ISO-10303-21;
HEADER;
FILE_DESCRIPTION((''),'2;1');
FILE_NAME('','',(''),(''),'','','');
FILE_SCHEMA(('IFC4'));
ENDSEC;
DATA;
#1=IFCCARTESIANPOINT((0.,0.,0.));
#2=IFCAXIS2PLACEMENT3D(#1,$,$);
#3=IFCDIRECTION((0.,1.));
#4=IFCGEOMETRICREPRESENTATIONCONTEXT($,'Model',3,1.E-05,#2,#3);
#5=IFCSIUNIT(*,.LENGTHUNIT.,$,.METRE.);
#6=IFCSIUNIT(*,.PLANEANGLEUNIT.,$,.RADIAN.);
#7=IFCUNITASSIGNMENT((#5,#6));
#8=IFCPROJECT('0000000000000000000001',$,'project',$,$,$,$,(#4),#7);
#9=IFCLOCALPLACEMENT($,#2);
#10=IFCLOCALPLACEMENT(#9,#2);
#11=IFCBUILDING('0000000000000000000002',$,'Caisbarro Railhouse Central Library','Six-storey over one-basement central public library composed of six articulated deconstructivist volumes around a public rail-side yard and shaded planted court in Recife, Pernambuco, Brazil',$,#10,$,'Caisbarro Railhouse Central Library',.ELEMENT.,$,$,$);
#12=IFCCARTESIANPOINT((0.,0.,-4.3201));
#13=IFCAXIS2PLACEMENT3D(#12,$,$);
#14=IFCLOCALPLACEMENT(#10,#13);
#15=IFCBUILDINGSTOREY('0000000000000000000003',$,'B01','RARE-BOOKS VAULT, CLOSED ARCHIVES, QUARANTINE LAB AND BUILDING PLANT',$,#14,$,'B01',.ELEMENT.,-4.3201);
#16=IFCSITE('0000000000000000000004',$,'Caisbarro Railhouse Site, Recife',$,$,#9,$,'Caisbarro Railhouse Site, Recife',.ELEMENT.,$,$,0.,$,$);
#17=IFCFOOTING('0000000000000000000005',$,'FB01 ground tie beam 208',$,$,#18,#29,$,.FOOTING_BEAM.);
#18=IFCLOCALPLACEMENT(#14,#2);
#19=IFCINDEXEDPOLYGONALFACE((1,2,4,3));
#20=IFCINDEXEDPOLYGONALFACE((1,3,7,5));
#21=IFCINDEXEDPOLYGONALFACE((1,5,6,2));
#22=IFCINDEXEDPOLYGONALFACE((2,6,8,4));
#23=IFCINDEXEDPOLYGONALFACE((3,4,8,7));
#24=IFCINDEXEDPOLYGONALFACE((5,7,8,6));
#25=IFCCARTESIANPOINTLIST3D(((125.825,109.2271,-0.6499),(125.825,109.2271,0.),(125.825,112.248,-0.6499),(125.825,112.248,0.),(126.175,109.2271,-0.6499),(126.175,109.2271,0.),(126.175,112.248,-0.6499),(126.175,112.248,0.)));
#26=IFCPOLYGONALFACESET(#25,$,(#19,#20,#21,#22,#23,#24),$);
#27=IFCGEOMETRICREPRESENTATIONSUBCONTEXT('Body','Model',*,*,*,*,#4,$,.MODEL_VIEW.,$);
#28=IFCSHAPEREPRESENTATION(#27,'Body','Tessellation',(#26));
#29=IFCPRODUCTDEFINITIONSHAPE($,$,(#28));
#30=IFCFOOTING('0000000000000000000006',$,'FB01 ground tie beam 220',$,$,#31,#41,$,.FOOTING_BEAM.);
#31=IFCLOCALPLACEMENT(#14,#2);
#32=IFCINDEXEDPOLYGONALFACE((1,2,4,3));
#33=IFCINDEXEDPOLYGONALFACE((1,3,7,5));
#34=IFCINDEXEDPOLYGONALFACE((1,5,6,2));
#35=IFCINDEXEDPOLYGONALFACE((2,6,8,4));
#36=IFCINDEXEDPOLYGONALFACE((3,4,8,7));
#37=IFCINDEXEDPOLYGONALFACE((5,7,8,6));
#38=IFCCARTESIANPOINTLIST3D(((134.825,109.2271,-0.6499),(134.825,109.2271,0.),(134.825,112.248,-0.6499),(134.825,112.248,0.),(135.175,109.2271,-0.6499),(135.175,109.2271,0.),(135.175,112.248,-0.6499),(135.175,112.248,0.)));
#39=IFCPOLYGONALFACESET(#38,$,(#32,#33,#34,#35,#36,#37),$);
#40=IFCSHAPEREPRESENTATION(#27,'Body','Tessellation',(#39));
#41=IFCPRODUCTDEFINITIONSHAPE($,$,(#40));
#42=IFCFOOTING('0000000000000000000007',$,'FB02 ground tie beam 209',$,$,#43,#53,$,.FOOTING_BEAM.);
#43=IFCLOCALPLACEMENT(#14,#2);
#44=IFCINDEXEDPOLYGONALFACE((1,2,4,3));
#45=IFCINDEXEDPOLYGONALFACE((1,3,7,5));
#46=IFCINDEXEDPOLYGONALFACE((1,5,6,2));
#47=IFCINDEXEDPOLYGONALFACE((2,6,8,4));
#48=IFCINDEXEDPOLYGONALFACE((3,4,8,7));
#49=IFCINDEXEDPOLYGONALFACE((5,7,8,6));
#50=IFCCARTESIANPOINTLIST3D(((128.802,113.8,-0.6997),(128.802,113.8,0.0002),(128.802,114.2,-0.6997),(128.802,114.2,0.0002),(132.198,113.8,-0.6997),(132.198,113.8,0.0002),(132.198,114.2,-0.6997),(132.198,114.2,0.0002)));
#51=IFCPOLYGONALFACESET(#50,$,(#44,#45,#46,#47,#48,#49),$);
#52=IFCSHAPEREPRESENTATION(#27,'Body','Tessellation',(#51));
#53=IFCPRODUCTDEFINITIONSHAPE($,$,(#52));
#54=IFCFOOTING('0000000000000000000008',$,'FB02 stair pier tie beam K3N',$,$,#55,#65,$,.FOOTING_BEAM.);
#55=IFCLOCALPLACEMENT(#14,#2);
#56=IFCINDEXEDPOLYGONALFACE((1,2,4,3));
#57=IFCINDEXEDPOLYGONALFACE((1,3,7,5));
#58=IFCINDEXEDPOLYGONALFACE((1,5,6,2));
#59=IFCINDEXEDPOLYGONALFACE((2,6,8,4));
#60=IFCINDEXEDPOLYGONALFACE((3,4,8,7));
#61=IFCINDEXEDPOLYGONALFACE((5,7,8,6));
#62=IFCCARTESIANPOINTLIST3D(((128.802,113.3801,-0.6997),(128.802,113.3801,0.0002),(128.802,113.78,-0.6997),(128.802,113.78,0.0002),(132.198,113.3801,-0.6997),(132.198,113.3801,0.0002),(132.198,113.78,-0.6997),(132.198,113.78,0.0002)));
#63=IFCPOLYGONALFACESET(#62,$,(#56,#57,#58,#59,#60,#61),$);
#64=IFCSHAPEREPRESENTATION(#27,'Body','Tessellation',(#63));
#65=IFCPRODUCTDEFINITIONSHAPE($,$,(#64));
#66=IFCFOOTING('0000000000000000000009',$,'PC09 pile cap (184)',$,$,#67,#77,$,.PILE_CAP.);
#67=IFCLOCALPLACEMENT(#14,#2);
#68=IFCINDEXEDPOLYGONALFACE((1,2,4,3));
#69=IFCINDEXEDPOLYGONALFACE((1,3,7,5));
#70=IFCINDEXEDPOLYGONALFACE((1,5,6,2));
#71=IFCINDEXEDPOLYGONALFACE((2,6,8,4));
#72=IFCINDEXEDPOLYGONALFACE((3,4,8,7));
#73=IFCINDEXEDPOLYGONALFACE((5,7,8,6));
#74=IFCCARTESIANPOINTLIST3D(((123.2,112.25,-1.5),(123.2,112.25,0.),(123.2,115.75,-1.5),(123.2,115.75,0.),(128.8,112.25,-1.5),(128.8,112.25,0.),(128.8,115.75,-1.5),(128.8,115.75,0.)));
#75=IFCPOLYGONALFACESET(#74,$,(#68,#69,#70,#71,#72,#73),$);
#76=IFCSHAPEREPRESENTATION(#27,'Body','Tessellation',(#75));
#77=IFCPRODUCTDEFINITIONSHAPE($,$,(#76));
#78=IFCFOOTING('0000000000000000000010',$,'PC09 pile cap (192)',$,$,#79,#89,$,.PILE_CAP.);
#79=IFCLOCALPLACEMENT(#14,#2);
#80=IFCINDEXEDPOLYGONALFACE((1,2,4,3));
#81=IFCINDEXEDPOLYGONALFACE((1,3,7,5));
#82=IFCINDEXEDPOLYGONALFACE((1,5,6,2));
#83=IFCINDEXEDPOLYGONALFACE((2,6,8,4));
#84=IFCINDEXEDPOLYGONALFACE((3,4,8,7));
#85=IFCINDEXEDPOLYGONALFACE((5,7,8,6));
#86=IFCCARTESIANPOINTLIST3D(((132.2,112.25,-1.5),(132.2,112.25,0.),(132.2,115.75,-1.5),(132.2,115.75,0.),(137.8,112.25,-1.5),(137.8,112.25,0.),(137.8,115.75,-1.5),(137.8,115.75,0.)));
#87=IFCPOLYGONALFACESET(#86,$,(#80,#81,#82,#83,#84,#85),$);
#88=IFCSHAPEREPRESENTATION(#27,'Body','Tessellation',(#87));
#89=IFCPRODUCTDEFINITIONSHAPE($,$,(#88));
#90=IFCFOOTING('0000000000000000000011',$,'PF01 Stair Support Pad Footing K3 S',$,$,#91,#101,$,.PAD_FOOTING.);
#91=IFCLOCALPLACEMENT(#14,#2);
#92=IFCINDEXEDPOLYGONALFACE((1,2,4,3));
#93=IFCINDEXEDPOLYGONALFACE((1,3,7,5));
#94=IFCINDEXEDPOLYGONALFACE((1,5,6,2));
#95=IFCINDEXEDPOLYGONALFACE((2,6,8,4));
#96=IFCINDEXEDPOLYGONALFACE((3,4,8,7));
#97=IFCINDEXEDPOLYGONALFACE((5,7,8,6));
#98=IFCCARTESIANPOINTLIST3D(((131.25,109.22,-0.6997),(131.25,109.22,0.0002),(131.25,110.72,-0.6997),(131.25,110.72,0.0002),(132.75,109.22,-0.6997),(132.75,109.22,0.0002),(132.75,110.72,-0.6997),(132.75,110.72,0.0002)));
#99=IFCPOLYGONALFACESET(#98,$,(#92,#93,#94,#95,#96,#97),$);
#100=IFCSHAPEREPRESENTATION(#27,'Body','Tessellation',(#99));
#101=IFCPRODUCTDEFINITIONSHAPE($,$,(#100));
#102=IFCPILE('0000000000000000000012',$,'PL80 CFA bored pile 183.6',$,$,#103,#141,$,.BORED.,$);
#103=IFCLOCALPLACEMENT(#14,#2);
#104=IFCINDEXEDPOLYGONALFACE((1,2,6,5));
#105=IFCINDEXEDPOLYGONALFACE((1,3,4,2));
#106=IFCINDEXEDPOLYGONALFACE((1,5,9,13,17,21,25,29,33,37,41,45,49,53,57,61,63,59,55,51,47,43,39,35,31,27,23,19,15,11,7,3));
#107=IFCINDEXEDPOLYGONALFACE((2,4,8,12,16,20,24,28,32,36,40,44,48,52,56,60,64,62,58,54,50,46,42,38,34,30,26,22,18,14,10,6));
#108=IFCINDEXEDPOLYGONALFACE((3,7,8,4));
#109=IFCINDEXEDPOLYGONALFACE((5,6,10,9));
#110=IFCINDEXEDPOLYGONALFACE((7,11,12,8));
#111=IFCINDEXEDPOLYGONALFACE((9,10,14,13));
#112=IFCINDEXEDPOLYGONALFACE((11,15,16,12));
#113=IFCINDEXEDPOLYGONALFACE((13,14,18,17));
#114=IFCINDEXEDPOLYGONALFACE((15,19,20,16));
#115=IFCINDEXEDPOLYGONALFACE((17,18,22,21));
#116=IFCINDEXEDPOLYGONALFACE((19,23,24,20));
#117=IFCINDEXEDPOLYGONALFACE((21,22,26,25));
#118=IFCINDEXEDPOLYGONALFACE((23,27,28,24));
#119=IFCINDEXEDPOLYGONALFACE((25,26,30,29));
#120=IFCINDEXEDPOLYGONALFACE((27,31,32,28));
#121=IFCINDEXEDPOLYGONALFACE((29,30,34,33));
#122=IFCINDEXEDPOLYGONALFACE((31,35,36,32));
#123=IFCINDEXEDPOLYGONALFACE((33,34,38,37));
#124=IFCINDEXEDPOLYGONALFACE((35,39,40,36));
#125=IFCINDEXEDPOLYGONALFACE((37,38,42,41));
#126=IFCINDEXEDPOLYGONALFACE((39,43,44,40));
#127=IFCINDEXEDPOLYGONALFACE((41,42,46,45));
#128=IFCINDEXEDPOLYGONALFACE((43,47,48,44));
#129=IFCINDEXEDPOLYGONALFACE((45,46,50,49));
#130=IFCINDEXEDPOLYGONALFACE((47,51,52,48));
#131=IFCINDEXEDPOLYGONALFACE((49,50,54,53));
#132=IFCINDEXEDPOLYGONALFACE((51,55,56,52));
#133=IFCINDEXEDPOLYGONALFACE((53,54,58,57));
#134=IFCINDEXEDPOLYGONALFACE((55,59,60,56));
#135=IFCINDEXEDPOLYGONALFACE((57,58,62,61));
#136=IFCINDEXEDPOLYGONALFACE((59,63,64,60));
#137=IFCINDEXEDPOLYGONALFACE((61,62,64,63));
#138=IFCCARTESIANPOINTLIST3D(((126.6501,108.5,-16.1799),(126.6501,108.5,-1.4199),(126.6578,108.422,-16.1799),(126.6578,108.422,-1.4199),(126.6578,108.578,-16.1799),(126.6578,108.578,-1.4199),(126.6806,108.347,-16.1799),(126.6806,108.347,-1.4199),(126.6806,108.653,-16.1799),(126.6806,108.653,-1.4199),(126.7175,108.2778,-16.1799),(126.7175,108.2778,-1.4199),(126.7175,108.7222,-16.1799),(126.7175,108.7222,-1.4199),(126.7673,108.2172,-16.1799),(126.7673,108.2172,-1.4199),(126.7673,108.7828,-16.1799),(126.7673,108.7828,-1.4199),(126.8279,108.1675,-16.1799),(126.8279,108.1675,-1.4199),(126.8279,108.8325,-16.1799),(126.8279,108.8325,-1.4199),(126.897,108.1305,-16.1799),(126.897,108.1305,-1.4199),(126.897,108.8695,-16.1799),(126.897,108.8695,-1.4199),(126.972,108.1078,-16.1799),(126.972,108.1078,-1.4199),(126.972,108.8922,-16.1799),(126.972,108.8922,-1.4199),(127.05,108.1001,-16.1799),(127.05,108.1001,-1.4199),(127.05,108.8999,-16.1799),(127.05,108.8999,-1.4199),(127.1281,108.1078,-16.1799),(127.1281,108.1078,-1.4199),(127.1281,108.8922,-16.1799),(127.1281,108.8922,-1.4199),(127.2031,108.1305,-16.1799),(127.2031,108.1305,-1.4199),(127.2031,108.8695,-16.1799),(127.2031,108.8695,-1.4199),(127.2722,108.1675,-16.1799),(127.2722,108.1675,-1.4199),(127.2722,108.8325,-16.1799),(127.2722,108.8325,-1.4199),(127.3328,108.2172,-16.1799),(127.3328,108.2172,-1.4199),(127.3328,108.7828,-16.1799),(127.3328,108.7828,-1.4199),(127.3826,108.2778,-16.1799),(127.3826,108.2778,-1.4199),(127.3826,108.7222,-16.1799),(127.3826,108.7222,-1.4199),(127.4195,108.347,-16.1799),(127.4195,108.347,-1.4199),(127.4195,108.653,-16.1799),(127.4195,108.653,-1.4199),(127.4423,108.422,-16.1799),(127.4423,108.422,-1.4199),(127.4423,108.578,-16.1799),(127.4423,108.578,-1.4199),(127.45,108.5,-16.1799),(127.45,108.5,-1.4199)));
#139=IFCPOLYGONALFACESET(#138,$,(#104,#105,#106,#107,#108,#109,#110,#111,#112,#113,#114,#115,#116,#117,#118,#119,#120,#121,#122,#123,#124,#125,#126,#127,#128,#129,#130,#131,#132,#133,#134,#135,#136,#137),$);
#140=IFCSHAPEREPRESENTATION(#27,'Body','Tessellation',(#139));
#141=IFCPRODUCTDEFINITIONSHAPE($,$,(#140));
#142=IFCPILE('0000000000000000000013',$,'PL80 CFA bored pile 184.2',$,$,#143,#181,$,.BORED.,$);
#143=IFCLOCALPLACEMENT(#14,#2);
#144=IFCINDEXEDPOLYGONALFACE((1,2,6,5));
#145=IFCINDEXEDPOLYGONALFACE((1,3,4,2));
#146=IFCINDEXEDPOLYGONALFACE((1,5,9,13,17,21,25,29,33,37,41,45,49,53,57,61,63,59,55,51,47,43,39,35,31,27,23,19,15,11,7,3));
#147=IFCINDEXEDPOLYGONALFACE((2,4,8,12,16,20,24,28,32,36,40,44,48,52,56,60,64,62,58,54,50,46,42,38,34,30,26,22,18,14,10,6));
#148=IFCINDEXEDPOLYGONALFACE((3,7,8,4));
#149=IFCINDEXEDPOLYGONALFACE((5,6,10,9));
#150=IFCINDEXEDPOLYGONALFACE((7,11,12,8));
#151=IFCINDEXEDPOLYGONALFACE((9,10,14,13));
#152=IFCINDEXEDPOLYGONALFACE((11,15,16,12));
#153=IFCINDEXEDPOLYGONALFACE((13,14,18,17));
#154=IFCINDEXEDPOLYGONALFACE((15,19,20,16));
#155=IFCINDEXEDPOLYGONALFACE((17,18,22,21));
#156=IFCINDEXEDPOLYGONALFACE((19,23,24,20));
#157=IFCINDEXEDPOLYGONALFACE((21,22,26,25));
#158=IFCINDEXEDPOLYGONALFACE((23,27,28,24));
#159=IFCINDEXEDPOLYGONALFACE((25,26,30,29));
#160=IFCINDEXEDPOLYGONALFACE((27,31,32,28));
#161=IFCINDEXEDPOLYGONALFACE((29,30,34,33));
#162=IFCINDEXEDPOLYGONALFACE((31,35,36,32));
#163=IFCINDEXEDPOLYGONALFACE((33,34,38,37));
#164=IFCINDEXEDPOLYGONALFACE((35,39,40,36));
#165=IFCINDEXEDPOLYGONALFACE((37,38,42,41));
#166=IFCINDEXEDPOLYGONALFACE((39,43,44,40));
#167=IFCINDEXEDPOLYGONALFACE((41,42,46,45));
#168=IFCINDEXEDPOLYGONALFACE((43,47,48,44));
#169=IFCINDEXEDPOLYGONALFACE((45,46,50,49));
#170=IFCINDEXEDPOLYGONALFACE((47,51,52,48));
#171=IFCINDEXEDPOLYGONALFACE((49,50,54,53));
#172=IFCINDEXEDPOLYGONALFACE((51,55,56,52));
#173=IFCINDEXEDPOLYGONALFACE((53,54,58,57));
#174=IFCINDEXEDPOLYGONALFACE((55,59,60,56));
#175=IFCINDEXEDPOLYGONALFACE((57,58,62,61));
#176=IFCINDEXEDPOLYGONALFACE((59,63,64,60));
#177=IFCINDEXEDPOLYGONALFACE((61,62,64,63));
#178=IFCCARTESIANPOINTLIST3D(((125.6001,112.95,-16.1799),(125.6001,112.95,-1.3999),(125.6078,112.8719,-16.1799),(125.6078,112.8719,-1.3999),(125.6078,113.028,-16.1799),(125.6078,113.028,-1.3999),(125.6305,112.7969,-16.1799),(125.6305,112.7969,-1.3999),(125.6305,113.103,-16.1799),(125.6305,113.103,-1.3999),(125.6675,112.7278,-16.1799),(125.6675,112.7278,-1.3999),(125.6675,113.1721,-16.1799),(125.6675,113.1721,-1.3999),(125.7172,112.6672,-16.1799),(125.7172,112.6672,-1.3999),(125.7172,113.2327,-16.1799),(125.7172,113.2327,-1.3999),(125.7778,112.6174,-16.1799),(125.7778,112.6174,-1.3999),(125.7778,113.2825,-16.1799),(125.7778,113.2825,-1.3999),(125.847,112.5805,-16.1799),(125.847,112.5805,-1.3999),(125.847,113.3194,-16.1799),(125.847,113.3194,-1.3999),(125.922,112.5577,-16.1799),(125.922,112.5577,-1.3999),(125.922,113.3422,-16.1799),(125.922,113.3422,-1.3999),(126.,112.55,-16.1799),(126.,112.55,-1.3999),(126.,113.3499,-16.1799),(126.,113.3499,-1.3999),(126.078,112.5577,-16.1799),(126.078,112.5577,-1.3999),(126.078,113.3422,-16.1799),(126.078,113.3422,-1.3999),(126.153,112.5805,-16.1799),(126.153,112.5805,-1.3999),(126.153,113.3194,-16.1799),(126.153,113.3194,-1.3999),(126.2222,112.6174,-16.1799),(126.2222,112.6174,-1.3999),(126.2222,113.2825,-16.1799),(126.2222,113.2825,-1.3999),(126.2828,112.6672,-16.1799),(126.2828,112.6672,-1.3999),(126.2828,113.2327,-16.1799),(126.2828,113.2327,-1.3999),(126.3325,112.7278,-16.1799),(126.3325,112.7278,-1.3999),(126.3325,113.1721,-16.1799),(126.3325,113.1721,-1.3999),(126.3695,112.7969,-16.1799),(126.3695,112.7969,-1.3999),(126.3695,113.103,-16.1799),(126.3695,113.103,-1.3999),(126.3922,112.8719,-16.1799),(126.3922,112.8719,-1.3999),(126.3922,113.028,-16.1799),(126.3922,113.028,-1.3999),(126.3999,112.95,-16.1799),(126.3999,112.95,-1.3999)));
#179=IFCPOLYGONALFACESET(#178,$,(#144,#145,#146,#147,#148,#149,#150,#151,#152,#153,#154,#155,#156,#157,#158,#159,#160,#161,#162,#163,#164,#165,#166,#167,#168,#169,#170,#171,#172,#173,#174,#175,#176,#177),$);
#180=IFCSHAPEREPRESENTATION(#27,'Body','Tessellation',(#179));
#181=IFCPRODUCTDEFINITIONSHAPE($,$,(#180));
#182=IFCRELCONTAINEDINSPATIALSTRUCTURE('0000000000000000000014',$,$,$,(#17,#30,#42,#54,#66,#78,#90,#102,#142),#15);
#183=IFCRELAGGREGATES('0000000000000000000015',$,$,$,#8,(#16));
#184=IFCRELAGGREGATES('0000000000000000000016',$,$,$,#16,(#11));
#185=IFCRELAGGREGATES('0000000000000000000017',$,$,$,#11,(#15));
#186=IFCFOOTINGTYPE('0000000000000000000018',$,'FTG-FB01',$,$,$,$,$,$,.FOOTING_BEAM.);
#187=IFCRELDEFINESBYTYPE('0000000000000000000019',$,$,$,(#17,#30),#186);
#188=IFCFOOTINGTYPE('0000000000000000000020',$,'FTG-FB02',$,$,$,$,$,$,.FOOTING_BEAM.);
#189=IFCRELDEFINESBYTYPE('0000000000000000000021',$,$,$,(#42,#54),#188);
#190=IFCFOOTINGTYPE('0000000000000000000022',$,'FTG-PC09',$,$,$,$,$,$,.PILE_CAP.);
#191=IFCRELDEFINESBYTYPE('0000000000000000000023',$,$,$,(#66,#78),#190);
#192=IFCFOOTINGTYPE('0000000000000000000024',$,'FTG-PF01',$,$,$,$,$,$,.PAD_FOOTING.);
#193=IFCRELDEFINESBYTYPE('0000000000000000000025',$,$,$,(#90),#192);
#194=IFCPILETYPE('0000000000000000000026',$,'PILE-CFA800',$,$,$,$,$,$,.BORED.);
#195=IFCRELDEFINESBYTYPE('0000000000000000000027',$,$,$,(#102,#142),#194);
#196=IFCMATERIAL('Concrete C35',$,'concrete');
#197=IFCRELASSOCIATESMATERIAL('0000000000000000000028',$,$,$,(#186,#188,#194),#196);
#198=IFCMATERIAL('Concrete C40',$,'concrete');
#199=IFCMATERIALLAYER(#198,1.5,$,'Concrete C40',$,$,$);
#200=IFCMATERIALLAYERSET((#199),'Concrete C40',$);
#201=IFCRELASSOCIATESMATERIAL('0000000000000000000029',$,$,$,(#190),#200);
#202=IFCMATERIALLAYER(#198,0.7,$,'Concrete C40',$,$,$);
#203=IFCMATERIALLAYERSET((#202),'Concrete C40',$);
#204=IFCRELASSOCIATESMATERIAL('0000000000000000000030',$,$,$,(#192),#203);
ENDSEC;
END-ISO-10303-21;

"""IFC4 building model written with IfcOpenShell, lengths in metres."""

from ifc_helpers import new_model, si_unit, direction, frame, origin, origin_2d, place, context, subcontext, project, spatial, rectangle, circle, extrude, material, layer, layer_set, material_profile, profile_set, type_object, element, save


model = new_model("IFC4")

# Units and contexts
model_context = context("Model", 3, precision=1e-05, world=origin(), true_north=direction((0.0, 1.0)))
body_context = subcontext(model_context, "Body", "Model", "MODEL_VIEW")
ifc_project = project(units=[si_unit("LENGTHUNIT", "METRE"), si_unit("PLANEANGLEUNIT", "RADIAN")], contexts=[model_context])

# Site, building, storey
site_placement = place(None, origin())
site = spatial("IfcSite", under=ifc_project, at=site_placement, Name="Caisbarro Railhouse Site, Recife", LongName="Caisbarro Railhouse Site, Recife", CompositionType="ELEMENT", RefElevation=0.0)
building_placement = place(site_placement, origin())
building = spatial("IfcBuilding", under=site, at=building_placement, Name="Caisbarro Railhouse Central Library", Description="Six-storey over one-basement central public library composed of six articulated deconstructivist volumes around a public rail-side yard and shaded planted court in Recife, Pernambuco, Brazil", LongName="Caisbarro Railhouse Central Library", CompositionType="ELEMENT")
storey_placement = place(building_placement, frame((0.0, 0.0, -4.3201)))
storey = spatial("IfcBuildingStorey", under=building, at=storey_placement, Name="B01", Description="RARE-BOOKS VAULT, CLOSED ARCHIVES, QUARANTINE LAB AND BUILDING PLANT", LongName="B01", CompositionType="ELEMENT", Elevation=-4.3201)

# Footings
ifc_material_1 = material(Name="Concrete C35", Category="concrete")
footing_type_1 = type_object("IfcFootingType", Name="FTG-FB01", PredefinedType="FOOTING_BEAM", material=ifc_material_1)
for number, where, z_axis, x_axis, name in (
    (1, (126.0, 110.7375, -0.6499), (0.0, 0.0, 1.0), (0.0, 1.0, 0.0), "FB01 ground tie beam 208"),
    (2, (135.0, 110.7375, -0.6499), (0.0, 0.0, 1.0), (0.0, 1.0, 0.0), "FB01 ground tie beam 220"),
):
    element("IfcFooting", number, at=place(storey_placement, frame(where, z_axis=z_axis, x_axis=x_axis)), inside=storey, type_object=footing_type_1, Name=name, PredefinedType="FOOTING_BEAM", context=body_context, shape_type="SweptSolid", body=[
        extrude(rectangle(XDim=3.021, YDim=0.3501, at=origin_2d()), origin(), (0.0, 0.0, 1.0), 0.6499),
    ])
footing_type_2 = type_object("IfcFootingType", Name="FTG-FB02", PredefinedType="FOOTING_BEAM", material=ifc_material_1)
for number, where, z_axis, x_axis, name in (
    (3, (130.5, 114.0, -0.6997), (0.0, 0.0, 1.0), (1.0, 0.0, 0.0), "FB02 ground tie beam 209"),
    (4, (130.5, 113.5801, -0.6997), (0.0, 0.0, 1.0), (1.0, 0.0, 0.0), "FB02 stair pier tie beam K3N"),
):
    element("IfcFooting", number, at=place(storey_placement, frame(where, z_axis=z_axis, x_axis=x_axis)), inside=storey, type_object=footing_type_2, Name=name, PredefinedType="FOOTING_BEAM", context=body_context, shape_type="SweptSolid", body=[
        extrude(rectangle(XDim=3.396, YDim=0.3999, at=origin_2d()), origin(), (0.0, 0.0, 1.0), 0.7),
    ])
ifc_material_2 = material(Name="Concrete C40", Category="concrete")
ifc_layer_1 = layer(ifc_material_2, 1.5, Name="Concrete C40")
ifc_layer_set_1 = layer_set([ifc_layer_1], Name="Concrete C40")
footing_type_3 = type_object("IfcFootingType", Name="FTG-PC09", PredefinedType="PILE_CAP", material=ifc_layer_set_1)
for number, where, z_axis, x_axis, name in (
    (5, (126.0, 114.0, -1.5), (0.0, 0.0, 1.0), (1.0, 0.0, 0.0), "PC09 pile cap (184)"),
    (6, (135.0, 114.0, -1.5), (0.0, 0.0, 1.0), (1.0, 0.0, 0.0), "PC09 pile cap (192)"),
):
    element("IfcFooting", number, at=place(storey_placement, frame(where, z_axis=z_axis, x_axis=x_axis)), inside=storey, type_object=footing_type_3, Name=name, PredefinedType="PILE_CAP", context=body_context, shape_type="SweptSolid", body=[
        extrude(rectangle(XDim=5.6001, YDim=3.5, at=origin_2d()), origin(), (0.0, 0.0, 1.0), 1.5),
    ])
ifc_layer_2 = layer(ifc_material_2, 0.7, Name="Concrete C40")
ifc_layer_set_2 = layer_set([ifc_layer_2], Name="Concrete C40")
footing_type_4 = type_object("IfcFootingType", Name="FTG-PF01", PredefinedType="PAD_FOOTING", material=ifc_layer_set_2)
footing_placement = place(storey_placement, frame((132.0, 109.97, -0.6997), z_axis=(0.0, 0.0, 1.0), x_axis=(1.0, 0.0, 0.0)))
element("IfcFooting", 7, at=footing_placement, inside=storey, type_object=footing_type_4, Name="PF01 Stair Support Pad Footing K3 S", PredefinedType="PAD_FOOTING", context=body_context, shape_type="SweptSolid", body=[
    extrude(rectangle(XDim=1.5, YDim=1.5, at=origin_2d()), origin(), (0.0, 0.0, 1.0), 0.7),
])

# Piles
ifc_material_profile_1 = material_profile(ifc_material_1, circle(Radius=0.3999, at=origin_2d()), Name="PILE-CFA-800")
ifc_profile_set_1 = profile_set([ifc_material_profile_1], Name="Concrete C35")
pile_type = type_object("IfcPileType", Name="PILE-CFA800", PredefinedType="BORED", material=ifc_profile_set_1)
pile_placement = place(storey_placement, frame((127.05, 108.5, -1.4199), z_axis=(0.0, 0.0, -1.0), x_axis=(1.0, 0.0, 0.0)))
element("IfcPile", 8, at=pile_placement, inside=storey, type_object=pile_type, Name="PL80 CFA bored pile 183.6", PredefinedType="BORED", context=body_context, shape_type="SweptSolid", body=[
    extrude(circle(Radius=0.3999, at=origin_2d()), origin(), (0.0, 0.0, 1.0), 14.76),
])
for number, where, z_axis, x_axis, name in (
    (9, (126.0, 112.95, -1.3999), (0.0, 0.0, -1.0), (1.0, 0.0, 0.0), "PL80 CFA bored pile 184.2"),
):
    element("IfcPile", number, at=place(storey_placement, frame(where, z_axis=z_axis, x_axis=x_axis)), inside=storey, type_object=pile_type, Name=name, PredefinedType="BORED", context=body_context, shape_type="SweptSolid", body=[
        extrude(circle(Radius=0.3999, at=origin_2d()), origin(), (0.0, 0.0, 1.0), 14.78),
    ])

save(model, "model.ifc")
